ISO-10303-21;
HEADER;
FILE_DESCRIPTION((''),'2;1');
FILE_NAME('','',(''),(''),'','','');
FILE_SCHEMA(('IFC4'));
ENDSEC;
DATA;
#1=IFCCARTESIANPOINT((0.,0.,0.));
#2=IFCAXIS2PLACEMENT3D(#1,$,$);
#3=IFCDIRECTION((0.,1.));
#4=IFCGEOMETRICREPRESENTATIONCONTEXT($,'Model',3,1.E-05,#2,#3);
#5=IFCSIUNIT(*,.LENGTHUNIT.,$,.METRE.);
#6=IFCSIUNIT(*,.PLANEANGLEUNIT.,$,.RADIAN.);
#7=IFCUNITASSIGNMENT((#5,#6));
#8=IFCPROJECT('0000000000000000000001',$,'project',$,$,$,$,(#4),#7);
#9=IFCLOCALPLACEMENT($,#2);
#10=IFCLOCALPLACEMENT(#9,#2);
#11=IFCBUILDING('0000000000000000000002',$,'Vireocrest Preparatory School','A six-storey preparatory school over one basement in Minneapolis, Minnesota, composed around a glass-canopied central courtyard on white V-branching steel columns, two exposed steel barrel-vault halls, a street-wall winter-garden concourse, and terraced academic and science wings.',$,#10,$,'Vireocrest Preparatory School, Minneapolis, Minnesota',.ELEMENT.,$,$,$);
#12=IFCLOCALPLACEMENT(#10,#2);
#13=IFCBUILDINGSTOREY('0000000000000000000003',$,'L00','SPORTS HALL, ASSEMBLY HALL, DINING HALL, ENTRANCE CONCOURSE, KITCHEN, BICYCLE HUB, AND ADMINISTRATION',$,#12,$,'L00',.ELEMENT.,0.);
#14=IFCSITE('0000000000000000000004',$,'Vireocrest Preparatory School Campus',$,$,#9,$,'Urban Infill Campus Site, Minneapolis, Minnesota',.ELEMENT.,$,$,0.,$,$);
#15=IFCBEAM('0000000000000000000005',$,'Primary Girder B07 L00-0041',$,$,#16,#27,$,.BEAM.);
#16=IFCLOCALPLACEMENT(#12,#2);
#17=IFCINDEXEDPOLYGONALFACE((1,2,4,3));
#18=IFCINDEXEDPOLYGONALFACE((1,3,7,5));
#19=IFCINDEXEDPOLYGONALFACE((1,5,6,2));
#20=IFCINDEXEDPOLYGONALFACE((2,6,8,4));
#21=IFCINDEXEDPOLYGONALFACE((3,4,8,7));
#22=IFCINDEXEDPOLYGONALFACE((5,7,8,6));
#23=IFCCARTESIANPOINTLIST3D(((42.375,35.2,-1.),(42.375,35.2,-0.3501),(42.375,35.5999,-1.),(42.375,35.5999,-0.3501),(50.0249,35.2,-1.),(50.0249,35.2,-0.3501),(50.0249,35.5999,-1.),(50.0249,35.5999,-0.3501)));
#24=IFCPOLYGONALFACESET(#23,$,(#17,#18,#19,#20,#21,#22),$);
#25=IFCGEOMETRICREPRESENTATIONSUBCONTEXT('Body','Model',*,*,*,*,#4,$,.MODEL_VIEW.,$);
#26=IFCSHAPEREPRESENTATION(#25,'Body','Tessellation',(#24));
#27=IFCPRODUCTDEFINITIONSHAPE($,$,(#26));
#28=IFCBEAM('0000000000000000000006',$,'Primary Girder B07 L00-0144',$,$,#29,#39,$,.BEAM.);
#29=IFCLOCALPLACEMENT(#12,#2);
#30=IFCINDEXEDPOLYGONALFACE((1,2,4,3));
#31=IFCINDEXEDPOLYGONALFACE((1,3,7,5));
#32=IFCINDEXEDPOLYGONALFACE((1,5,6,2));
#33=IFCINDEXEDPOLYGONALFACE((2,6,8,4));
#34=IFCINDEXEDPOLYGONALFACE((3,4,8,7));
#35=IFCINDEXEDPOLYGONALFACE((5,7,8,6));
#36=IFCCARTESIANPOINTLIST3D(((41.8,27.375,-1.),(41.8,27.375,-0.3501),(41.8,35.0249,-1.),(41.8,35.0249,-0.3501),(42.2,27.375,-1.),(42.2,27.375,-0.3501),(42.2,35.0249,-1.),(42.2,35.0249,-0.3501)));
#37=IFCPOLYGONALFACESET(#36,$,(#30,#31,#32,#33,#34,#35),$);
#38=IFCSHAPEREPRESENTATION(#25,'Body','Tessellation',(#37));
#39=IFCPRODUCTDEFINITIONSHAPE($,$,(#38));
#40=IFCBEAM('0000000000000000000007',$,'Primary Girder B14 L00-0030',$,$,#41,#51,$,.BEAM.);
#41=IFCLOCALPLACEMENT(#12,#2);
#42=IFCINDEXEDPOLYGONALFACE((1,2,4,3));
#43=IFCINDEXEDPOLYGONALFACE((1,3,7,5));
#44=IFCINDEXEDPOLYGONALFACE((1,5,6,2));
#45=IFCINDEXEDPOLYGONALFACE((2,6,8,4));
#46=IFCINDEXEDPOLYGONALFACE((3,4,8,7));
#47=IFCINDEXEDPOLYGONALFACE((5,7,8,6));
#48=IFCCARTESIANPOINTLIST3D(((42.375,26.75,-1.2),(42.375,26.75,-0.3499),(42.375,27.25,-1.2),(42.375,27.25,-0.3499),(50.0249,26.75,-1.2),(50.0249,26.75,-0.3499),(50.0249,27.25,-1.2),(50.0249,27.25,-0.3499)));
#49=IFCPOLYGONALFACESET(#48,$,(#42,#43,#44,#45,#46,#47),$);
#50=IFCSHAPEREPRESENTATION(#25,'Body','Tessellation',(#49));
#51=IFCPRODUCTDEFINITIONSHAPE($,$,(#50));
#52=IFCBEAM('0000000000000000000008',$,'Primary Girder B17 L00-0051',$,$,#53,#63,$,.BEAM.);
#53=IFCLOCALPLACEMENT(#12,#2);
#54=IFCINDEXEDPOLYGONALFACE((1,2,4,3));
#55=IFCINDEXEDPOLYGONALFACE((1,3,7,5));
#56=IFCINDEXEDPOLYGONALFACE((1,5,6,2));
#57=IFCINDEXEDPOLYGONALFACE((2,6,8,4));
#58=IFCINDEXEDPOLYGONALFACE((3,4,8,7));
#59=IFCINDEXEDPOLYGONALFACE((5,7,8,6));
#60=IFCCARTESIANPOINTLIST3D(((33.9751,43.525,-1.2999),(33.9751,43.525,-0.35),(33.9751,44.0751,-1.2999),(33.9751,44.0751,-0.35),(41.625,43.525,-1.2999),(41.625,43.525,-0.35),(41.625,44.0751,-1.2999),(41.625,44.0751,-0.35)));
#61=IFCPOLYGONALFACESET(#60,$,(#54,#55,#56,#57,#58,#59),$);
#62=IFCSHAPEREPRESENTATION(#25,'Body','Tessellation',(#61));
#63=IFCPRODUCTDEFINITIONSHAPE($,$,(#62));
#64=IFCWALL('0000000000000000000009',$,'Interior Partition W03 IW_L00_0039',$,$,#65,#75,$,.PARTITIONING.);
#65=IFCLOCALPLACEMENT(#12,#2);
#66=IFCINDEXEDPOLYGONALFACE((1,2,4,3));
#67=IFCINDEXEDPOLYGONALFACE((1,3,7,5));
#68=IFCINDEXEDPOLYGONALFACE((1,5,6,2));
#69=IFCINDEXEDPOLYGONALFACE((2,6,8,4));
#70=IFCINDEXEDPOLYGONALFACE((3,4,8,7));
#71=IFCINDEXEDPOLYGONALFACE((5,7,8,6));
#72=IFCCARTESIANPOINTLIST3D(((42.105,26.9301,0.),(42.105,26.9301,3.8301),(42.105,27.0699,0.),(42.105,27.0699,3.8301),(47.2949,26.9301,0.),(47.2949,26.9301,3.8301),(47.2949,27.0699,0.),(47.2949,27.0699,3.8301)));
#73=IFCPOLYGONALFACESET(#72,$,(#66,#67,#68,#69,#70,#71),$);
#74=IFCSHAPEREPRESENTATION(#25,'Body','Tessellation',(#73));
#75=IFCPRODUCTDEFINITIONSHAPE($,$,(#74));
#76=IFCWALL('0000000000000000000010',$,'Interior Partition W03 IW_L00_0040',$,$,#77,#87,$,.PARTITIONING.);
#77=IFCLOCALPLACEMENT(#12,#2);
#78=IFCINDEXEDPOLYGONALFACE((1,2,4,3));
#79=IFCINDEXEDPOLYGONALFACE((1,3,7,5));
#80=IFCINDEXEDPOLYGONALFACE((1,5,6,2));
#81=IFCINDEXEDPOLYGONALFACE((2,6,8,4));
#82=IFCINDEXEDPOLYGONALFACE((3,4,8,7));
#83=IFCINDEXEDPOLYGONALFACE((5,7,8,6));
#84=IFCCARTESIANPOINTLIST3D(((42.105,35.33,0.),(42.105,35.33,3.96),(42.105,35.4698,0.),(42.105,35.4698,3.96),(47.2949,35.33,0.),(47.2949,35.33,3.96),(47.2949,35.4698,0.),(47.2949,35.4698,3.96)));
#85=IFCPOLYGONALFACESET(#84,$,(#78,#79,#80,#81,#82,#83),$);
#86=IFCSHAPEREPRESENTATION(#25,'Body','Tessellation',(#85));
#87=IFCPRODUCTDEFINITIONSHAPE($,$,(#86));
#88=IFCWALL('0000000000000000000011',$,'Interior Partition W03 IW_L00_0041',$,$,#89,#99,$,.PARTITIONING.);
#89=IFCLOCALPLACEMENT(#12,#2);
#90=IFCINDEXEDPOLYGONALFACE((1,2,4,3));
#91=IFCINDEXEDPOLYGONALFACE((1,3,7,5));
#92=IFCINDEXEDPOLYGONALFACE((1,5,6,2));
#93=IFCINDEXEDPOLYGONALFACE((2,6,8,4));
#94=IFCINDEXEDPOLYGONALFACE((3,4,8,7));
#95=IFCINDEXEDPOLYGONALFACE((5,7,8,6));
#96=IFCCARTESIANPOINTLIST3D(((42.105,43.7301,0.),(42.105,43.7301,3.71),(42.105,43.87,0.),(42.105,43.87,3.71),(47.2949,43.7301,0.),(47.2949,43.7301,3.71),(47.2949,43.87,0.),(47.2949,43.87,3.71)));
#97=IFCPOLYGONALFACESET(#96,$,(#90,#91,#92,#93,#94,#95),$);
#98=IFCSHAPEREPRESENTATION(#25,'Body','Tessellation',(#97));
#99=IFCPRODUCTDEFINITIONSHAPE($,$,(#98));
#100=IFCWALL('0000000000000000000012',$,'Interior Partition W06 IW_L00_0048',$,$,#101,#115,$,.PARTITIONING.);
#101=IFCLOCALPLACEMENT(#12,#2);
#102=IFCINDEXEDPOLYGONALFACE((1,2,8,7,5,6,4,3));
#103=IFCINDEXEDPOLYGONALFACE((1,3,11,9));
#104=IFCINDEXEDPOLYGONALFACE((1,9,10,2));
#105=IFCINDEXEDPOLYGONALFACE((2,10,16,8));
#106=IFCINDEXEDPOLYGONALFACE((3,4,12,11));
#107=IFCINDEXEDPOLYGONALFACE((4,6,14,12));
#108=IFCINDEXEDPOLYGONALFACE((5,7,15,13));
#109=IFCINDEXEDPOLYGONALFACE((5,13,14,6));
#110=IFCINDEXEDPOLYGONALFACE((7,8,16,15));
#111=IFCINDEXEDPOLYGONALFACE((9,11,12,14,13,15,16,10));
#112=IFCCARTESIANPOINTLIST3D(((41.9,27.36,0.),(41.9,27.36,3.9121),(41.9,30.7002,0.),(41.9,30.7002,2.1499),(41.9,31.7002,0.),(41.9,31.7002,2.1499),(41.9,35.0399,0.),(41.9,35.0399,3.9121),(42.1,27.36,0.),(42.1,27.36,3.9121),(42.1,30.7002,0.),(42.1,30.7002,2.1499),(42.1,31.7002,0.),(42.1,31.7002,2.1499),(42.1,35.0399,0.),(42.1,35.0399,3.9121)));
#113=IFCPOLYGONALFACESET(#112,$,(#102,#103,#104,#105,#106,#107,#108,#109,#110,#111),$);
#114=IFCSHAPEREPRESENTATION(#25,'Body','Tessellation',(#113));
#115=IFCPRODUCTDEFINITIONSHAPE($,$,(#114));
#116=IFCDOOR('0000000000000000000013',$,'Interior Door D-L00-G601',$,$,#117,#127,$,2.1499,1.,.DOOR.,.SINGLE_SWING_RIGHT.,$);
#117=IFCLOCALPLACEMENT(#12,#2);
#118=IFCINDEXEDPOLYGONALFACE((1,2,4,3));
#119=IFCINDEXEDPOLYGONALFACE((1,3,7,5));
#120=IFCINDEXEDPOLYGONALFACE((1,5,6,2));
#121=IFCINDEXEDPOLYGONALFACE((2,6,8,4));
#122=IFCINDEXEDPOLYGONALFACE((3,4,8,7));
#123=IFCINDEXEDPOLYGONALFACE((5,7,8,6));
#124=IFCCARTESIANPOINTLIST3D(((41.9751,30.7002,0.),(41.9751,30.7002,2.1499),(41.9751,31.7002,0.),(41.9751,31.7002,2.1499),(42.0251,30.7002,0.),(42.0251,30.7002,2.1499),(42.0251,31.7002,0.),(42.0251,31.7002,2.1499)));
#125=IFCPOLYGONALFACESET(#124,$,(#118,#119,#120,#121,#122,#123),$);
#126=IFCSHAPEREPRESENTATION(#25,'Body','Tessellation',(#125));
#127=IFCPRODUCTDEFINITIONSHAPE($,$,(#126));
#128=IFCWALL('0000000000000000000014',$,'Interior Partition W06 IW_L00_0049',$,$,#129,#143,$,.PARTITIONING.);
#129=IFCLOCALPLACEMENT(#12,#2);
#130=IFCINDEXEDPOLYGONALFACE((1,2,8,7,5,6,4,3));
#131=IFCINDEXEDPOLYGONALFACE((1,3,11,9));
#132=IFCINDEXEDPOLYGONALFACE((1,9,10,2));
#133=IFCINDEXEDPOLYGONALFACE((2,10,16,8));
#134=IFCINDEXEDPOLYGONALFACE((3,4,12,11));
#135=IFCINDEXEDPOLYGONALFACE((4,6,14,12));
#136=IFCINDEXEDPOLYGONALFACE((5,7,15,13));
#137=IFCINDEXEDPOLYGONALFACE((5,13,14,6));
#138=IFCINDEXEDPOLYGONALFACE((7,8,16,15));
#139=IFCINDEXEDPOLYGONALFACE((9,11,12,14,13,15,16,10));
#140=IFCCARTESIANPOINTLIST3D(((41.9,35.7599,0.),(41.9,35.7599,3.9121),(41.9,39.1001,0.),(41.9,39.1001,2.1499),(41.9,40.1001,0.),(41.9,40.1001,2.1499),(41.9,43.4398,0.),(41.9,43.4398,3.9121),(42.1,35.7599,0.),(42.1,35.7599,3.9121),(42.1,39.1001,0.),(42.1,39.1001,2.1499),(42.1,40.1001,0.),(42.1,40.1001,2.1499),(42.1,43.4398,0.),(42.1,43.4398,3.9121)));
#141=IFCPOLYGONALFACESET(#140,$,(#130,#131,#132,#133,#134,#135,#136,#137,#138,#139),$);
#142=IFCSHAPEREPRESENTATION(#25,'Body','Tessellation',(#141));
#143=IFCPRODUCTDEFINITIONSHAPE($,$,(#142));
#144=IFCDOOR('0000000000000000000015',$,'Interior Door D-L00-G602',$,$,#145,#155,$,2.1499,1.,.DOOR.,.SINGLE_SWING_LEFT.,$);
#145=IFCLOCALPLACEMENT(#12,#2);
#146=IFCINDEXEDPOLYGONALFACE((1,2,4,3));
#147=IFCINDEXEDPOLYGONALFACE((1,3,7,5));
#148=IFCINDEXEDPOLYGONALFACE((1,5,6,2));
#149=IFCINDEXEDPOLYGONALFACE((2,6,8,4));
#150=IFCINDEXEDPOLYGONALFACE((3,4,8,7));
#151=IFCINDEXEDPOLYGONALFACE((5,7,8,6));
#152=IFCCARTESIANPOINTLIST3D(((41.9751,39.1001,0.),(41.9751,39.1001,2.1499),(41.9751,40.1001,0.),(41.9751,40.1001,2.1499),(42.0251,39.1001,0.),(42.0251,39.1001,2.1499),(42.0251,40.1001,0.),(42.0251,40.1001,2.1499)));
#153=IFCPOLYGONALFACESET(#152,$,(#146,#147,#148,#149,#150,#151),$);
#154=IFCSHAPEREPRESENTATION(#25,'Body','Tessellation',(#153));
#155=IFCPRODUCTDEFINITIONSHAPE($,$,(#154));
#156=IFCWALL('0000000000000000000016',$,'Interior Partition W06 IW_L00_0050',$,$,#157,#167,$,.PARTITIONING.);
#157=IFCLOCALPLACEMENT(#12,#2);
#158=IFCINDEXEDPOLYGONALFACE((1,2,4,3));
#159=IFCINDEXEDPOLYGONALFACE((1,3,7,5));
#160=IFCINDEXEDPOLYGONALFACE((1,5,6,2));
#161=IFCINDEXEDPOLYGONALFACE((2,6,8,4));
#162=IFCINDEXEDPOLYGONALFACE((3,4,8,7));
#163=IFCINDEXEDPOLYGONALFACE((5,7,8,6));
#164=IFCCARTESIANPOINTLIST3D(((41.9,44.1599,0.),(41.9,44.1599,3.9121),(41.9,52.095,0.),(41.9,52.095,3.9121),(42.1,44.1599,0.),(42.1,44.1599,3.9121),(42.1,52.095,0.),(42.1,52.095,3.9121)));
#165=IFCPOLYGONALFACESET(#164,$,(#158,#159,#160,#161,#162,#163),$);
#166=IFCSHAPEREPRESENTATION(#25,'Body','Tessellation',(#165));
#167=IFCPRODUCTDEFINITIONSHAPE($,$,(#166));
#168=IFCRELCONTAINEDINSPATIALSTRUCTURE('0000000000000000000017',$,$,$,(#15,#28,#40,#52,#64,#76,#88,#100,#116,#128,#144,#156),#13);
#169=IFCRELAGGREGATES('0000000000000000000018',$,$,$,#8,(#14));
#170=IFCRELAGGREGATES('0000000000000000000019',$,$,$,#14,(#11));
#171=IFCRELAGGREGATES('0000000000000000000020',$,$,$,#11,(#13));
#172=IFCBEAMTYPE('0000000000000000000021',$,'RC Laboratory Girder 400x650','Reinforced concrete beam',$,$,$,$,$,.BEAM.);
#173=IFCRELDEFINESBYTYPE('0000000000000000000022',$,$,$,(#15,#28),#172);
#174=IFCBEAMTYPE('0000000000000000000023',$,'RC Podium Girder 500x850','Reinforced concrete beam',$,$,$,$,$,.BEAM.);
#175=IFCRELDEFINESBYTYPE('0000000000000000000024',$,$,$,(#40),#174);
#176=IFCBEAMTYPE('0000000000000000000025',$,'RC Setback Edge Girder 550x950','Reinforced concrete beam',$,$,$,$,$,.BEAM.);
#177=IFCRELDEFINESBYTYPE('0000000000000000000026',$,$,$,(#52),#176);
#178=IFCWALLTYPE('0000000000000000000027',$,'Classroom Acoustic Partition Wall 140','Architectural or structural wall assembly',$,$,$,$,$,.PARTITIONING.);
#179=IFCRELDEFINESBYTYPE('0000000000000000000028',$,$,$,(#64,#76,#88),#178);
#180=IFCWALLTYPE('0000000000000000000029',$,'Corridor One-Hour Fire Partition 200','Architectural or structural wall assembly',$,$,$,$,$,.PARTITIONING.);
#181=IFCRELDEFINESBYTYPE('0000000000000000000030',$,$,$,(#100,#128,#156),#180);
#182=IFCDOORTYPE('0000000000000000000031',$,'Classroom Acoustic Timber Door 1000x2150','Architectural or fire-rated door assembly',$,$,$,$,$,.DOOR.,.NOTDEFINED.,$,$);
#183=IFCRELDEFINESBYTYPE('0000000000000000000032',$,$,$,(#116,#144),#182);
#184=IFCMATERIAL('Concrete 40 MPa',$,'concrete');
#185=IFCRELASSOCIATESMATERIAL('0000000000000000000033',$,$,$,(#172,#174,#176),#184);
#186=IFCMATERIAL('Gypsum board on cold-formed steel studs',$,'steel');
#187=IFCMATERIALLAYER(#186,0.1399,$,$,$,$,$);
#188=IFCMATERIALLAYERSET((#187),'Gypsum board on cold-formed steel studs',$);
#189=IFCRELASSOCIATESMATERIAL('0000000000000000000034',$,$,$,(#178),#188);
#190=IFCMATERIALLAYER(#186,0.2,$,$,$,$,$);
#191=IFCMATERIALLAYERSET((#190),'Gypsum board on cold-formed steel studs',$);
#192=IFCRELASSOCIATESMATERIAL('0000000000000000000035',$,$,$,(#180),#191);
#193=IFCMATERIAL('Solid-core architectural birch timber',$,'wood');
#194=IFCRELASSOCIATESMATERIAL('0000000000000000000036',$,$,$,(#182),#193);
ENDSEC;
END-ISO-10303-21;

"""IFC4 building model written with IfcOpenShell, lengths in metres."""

from ifc_helpers import new_model, si_unit, direction, frame, frame_2d, origin, origin_2d, place, context, subcontext, project, spatial, rectangle, extrude, material, layer, layer_set, material_profile, profile_set, type_object, element, fill, save


model = new_model("IFC4")

# Units and contexts
model_context = context("Model", 3, precision=1e-05, world=origin(), true_north=direction((0.0, 1.0)))
body_context = subcontext(model_context, "Body", "Model", "MODEL_VIEW")
ifc_project = project(units=[si_unit("LENGTHUNIT", "METRE"), si_unit("PLANEANGLEUNIT", "RADIAN")], contexts=[model_context])

# Site, building, storey
site_placement = place(None, origin())
site = spatial("IfcSite", under=ifc_project, at=site_placement, Name="Vireocrest Preparatory School Campus", LongName="Urban Infill Campus Site, Minneapolis, Minnesota", CompositionType="ELEMENT", RefElevation=0.0)
building_placement = place(site_placement, origin())
building = spatial("IfcBuilding", under=site, at=building_placement, Name="Vireocrest Preparatory School", Description="A six-storey preparatory school over one basement in Minneapolis, Minnesota, composed around a glass-canopied central courtyard on white V-branching steel columns, two exposed steel barrel-vault halls, a street-wall winter-garden concourse, and terraced academic and science wings.", LongName="Vireocrest Preparatory School, Minneapolis, Minnesota", CompositionType="ELEMENT")
storey_placement = place(building_placement, origin())
storey = spatial("IfcBuildingStorey", under=building, at=storey_placement, Name="L00", Description="SPORTS HALL, ASSEMBLY HALL, DINING HALL, ENTRANCE CONCOURSE, KITCHEN, BICYCLE HUB, AND ADMINISTRATION", LongName="L00", CompositionType="ELEMENT", Elevation=0.0)

# Beams
ifc_material_1 = material(Name="Concrete 40 MPa", Category="concrete")
ifc_material_profile_1 = material_profile(ifc_material_1, rectangle(XDim=0.3999, YDim=0.6499, at=origin_2d()), Name="RC 400x650")
ifc_profile_set_1 = profile_set([ifc_material_profile_1], Name="Concrete 40 MPa")
beam_type_1 = type_object("IfcBeamType", Name="RC Laboratory Girder 400x650", Description="Reinforced concrete beam", PredefinedType="BEAM", material=ifc_profile_set_1)
for number, where, z_axis, x_axis, name in (
    (1, (42.375, 35.3999, -0.675), (1.0, 0.0, 0.0), (0.0, 1.0, 0.0), "Primary Girder B07 L00-0041"),
    (2, (42.0, 27.375, -0.675), (0.0, 1.0, 0.0), (-1.0, 0.0, 0.0), "Primary Girder B07 L00-0144"),
):
    element("IfcBeam", number, at=place(storey_placement, frame(where, z_axis=z_axis, x_axis=x_axis)), inside=storey, type_object=beam_type_1, Name=name, PredefinedType="BEAM", context=body_context, shape_type="SweptSolid", body=[
        extrude(rectangle(XDim=0.3999, YDim=0.6499, at=origin_2d()), origin(), (0.0, 0.0, 1.0), 7.6499),
    ])
ifc_material_profile_2 = material_profile(ifc_material_1, rectangle(XDim=0.5, YDim=0.8501, at=origin_2d()), Name="RC 500x850")
ifc_profile_set_2 = profile_set([ifc_material_profile_2], Name="Concrete 40 MPa")
beam_type_2 = type_object("IfcBeamType", Name="RC Podium Girder 500x850", Description="Reinforced concrete beam", PredefinedType="BEAM", material=ifc_profile_set_2)
beam_1_placement = place(storey_placement, frame((42.375, 27.0, -0.7749), z_axis=(1.0, 0.0, 0.0), x_axis=(0.0, 1.0, 0.0)))
element("IfcBeam", 3, at=beam_1_placement, inside=storey, type_object=beam_type_2, Name="Primary Girder B14 L00-0030", PredefinedType="BEAM", context=body_context, shape_type="SweptSolid", body=[
    extrude(rectangle(XDim=0.5, YDim=0.8501, at=origin_2d()), origin(), (0.0, 0.0, 1.0), 7.6499),
])
ifc_material_profile_3 = material_profile(ifc_material_1, rectangle(XDim=0.55, YDim=0.95, at=origin_2d()), Name="RC 550x950")
ifc_profile_set_3 = profile_set([ifc_material_profile_3], Name="Concrete 40 MPa")
beam_type_3 = type_object("IfcBeamType", Name="RC Setback Edge Girder 550x950", Description="Reinforced concrete beam", PredefinedType="BEAM", material=ifc_profile_set_3)
beam_2_placement = place(storey_placement, frame((33.9751, 43.8, -0.825), z_axis=(1.0, 0.0, 0.0), x_axis=(0.0, 1.0, 0.0)))
element("IfcBeam", 4, at=beam_2_placement, inside=storey, type_object=beam_type_3, Name="Primary Girder B17 L00-0051", PredefinedType="BEAM", context=body_context, shape_type="SweptSolid", body=[
    extrude(rectangle(XDim=0.55, YDim=0.95, at=origin_2d()), origin(), (0.0, 0.0, 1.0), 7.6499),
])

# Walls
ifc_material_2 = material(Name="Gypsum board on cold-formed steel studs", Category="steel")
ifc_layer_1 = layer(ifc_material_2, 0.1399)
ifc_layer_set_1 = layer_set([ifc_layer_1], Name="Gypsum board on cold-formed steel studs")
wall_type_1 = type_object("IfcWallType", Name="Classroom Acoustic Partition Wall 140", Description="Architectural or structural wall assembly", PredefinedType="PARTITIONING", material=ifc_layer_set_1)
wall_1_placement = place(storey_placement, frame((42.105, 27.0, 0.0), z_axis=(0.0, 0.0, 1.0), x_axis=(1.0, 0.0, 0.0)))
element("IfcWall", 5, at=wall_1_placement, inside=storey, type_object=wall_type_1, Name="Interior Partition W03 IW_L00_0039", PredefinedType="PARTITIONING", context=body_context, shape_type="SweptSolid", body=[
    extrude(rectangle(XDim=5.1899, YDim=0.1399, at=frame_2d((2.595, 0.0))), origin(), (0.0, 0.0, 1.0), 3.8301),
])
wall_2_placement = place(storey_placement, frame((42.105, 35.3999, 0.0), z_axis=(0.0, 0.0, 1.0), x_axis=(1.0, 0.0, 0.0)))
element("IfcWall", 6, at=wall_2_placement, inside=storey, type_object=wall_type_1, Name="Interior Partition W03 IW_L00_0040", PredefinedType="PARTITIONING", context=body_context, shape_type="SweptSolid", body=[
    extrude(rectangle(XDim=5.1899, YDim=0.1399, at=frame_2d((2.595, 0.0))), origin(), (0.0, 0.0, 1.0), 3.96),
])
wall_3_placement = place(storey_placement, frame((42.105, 43.8, 0.0), z_axis=(0.0, 0.0, 1.0), x_axis=(1.0, 0.0, 0.0)))
element("IfcWall", 7, at=wall_3_placement, inside=storey, type_object=wall_type_1, Name="Interior Partition W03 IW_L00_0041", PredefinedType="PARTITIONING", context=body_context, shape_type="SweptSolid", body=[
    extrude(rectangle(XDim=5.1899, YDim=0.1399, at=frame_2d((2.595, 0.0))), origin(), (0.0, 0.0, 1.0), 3.71),
])

# Walls, openings, doors
ifc_layer_2 = layer(ifc_material_2, 0.2)
ifc_layer_set_2 = layer_set([ifc_layer_2], Name="Gypsum board on cold-formed steel studs")
wall_type_2 = type_object("IfcWallType", Name="Corridor One-Hour Fire Partition 200", Description="Architectural or structural wall assembly", PredefinedType="PARTITIONING", material=ifc_layer_set_2)
wall_4_placement = place(storey_placement, frame((42.0, 27.3601, 0.0), z_axis=(0.0, 0.0, 1.0), x_axis=(0.0, 1.0, 0.0)))
wall_4 = element("IfcWall", 8, at=wall_4_placement, inside=storey, type_object=wall_type_2, Name="Interior Partition W06 IW_L00_0048", PredefinedType="PARTITIONING", context=body_context, shape_type="SweptSolid", body=[
    extrude(rectangle(XDim=7.6799, YDim=0.2, at=frame_2d((3.8398, 0.0))), origin(), (0.0, 0.0, 1.0), 3.9121),
])
opening_1_placement = place(wall_4_placement, frame((3.3401, 0.0, 0.0)))
opening_1 = element("IfcOpeningElement", 9, at=opening_1_placement, cuts=wall_4, PredefinedType="OPENING", context=body_context, shape_type="SweptSolid", body=[
    extrude(rectangle(XDim=1.0, YDim=2.1499, at=frame_2d((0.5, 1.075))), frame((0.0, 0.1099, 0.0), z_axis=(0.0, -1.0, 0.0), x_axis=(1.0, 0.0, 0.0)), (0.0, 0.0, 1.0), 0.22),
])
ifc_material_3 = material(Name="Solid-core architectural birch timber", Category="wood")
door_type = type_object("IfcDoorType", Name="Classroom Acoustic Timber Door 1000x2150", Description="Architectural or fire-rated door assembly", OperationType="NOTDEFINED", PredefinedType="DOOR", material=ifc_material_3)
door_1_placement = place(opening_1_placement, origin())
door_1 = element("IfcDoor", 10, at=door_1_placement, inside=storey, type_object=door_type, Name="Interior Door D-L00-G601", OperationType="SINGLE_SWING_RIGHT", OverallHeight=2.1499, OverallWidth=1.0, PredefinedType="DOOR", context=body_context, shape_type="SweptSolid", body=[
    extrude(rectangle(XDim=1.0, YDim=2.1499, at=frame_2d((0.5, 1.075))), frame((0.0, 0.0249, 0.0), z_axis=(0.0, -1.0, 0.0), x_axis=(1.0, 0.0, 0.0)), (0.0, 0.0, 1.0), 0.05),
])
fill(opening_1, door_1)
wall_5_placement = place(storey_placement, frame((42.0, 35.76, 0.0), z_axis=(0.0, 0.0, 1.0), x_axis=(0.0, 1.0, 0.0)))
wall_5 = element("IfcWall", 11, at=wall_5_placement, inside=storey, type_object=wall_type_2, Name="Interior Partition W06 IW_L00_0049", PredefinedType="PARTITIONING", context=body_context, shape_type="SweptSolid", body=[
    extrude(rectangle(XDim=7.6799, YDim=0.2, at=frame_2d((3.8398, 0.0))), origin(), (0.0, 0.0, 1.0), 3.9121),
])
opening_2_placement = place(wall_5_placement, frame((3.3401, 0.0, 0.0)))
opening_2 = element("IfcOpeningElement", 12, at=opening_2_placement, cuts=wall_5, PredefinedType="OPENING", context=body_context, shape_type="SweptSolid", body=[
    extrude(rectangle(XDim=1.0, YDim=2.1499, at=frame_2d((0.5, 1.075))), frame((0.0, 0.1099, 0.0), z_axis=(0.0, -1.0, 0.0), x_axis=(1.0, 0.0, 0.0)), (0.0, 0.0, 1.0), 0.22),
])
door_2_placement = place(opening_2_placement, origin())
door_2 = element("IfcDoor", 13, at=door_2_placement, inside=storey, type_object=door_type, Name="Interior Door D-L00-G602", OperationType="SINGLE_SWING_LEFT", OverallHeight=2.1499, OverallWidth=1.0, PredefinedType="DOOR", context=body_context, shape_type="SweptSolid", body=[
    extrude(rectangle(XDim=1.0, YDim=2.1499, at=frame_2d((0.5, 1.075))), frame((0.0, 0.0249, 0.0), z_axis=(0.0, -1.0, 0.0), x_axis=(1.0, 0.0, 0.0)), (0.0, 0.0, 1.0), 0.05),
])
fill(opening_2, door_2)

# Wall
wall_6_placement = place(storey_placement, frame((42.0, 44.1599, 0.0), z_axis=(0.0, 0.0, 1.0), x_axis=(0.0, 1.0, 0.0)))
element("IfcWall", 14, at=wall_6_placement, inside=storey, type_object=wall_type_2, Name="Interior Partition W06 IW_L00_0050", PredefinedType="PARTITIONING", context=body_context, shape_type="SweptSolid", body=[
    extrude(rectangle(XDim=7.9351, YDim=0.2, at=frame_2d((3.9675, 0.0))), origin(), (0.0, 0.0, 1.0), 3.9121),
])

save(model, "model.ifc")
